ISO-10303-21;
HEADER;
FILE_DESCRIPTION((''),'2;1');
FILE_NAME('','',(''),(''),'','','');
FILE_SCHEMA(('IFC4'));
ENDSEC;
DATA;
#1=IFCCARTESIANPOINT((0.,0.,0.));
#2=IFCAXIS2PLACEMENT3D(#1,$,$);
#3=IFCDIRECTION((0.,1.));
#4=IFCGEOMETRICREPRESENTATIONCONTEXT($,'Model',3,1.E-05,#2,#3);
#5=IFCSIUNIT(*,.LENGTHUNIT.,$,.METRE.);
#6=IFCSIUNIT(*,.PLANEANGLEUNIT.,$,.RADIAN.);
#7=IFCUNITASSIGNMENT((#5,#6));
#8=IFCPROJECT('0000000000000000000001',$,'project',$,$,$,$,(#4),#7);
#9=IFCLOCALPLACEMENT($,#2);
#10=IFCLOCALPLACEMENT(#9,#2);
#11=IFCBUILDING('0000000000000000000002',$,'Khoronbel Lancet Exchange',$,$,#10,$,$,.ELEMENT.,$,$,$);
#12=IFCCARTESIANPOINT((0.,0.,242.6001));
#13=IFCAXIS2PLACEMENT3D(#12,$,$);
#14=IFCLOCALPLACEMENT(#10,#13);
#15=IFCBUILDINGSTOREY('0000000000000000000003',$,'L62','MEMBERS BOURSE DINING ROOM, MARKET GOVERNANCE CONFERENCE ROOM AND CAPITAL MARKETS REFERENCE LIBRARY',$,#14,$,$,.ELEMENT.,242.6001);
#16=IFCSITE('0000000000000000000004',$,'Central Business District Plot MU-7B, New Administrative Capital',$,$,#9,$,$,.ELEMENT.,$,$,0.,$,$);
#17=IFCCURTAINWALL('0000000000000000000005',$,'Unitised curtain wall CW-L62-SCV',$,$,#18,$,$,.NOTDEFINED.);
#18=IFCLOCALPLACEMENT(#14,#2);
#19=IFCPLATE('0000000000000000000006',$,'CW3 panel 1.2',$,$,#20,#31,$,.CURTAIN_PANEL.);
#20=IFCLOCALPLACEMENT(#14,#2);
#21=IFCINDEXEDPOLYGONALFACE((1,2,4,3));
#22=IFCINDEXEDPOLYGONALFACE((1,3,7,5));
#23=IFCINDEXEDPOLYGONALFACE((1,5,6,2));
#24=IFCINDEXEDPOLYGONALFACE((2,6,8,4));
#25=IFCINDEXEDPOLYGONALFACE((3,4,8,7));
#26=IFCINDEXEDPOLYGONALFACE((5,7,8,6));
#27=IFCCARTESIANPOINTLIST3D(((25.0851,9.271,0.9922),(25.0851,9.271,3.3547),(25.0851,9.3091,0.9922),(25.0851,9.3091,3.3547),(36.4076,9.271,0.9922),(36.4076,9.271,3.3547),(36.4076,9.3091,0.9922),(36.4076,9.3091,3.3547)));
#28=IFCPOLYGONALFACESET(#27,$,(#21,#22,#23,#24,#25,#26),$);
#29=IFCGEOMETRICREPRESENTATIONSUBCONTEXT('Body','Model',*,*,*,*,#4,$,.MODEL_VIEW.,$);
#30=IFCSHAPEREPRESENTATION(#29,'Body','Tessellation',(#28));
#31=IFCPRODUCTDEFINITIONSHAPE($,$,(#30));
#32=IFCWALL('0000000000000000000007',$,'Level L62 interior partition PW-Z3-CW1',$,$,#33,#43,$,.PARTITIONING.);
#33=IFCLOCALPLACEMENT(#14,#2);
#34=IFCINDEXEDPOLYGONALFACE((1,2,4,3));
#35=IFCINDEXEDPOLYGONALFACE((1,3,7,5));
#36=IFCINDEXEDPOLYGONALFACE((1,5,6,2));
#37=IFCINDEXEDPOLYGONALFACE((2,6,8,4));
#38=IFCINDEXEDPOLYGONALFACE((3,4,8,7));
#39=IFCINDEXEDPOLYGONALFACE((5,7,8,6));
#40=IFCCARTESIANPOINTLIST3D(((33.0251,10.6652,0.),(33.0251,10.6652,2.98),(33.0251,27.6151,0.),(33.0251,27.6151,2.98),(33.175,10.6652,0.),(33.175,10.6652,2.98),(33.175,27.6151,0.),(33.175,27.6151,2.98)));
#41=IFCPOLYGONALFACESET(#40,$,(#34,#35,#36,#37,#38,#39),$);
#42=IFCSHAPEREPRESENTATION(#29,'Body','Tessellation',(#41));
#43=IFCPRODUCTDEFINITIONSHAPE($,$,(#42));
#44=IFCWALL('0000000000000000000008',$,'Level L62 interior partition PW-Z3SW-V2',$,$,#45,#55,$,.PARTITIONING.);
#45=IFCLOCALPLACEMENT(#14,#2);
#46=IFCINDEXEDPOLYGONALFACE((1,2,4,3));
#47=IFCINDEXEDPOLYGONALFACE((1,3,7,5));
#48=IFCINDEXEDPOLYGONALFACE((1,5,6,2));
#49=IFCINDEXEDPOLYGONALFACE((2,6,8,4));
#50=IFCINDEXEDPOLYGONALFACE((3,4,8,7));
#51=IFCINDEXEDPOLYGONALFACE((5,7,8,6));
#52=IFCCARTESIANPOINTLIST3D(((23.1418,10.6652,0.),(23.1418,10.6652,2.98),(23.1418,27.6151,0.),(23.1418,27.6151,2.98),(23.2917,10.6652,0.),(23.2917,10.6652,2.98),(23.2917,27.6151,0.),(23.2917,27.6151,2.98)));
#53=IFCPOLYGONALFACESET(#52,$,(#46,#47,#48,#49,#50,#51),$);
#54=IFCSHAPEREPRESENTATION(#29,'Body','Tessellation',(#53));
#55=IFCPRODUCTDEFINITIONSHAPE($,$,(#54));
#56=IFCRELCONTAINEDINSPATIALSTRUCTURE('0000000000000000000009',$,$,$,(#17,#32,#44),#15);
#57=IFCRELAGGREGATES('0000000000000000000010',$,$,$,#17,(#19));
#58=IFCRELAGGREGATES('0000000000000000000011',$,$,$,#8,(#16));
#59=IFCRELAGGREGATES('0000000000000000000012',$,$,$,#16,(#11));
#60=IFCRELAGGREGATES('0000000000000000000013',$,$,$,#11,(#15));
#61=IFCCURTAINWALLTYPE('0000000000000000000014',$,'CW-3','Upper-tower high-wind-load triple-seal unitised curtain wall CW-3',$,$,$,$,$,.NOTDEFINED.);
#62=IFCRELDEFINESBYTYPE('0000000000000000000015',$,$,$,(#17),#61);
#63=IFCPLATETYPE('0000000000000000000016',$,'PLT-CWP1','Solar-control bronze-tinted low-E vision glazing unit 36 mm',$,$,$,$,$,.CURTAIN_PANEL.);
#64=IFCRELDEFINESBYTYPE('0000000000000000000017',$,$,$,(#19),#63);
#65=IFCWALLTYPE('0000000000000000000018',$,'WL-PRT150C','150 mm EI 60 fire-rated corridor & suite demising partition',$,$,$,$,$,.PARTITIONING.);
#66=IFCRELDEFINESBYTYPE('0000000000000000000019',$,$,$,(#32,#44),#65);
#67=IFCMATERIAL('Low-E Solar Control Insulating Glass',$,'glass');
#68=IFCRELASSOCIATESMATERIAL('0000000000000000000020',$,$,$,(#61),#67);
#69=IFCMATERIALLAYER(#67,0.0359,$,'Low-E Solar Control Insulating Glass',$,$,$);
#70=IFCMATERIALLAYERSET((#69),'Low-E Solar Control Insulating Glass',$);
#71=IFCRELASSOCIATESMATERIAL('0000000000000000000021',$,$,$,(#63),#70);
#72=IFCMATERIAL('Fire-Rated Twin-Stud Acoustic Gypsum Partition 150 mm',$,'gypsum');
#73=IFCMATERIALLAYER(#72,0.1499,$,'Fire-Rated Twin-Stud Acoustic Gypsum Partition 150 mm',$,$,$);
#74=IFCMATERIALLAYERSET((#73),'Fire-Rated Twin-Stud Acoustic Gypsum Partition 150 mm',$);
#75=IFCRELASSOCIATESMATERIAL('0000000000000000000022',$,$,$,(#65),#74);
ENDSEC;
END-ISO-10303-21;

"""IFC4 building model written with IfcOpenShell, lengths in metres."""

from ifc_helpers import new_model, si_unit, direction, frame, frame_2d, origin, origin_2d, place, context, subcontext, project, spatial, rectangle, extrude, material, layer, layer_set, type_object, element, aggregate, save


model = new_model("IFC4")

# Units and contexts
model_context = context("Model", 3, precision=1e-05, world=origin(), true_north=direction((0.0, 1.0)))
body_context = subcontext(model_context, "Body", "Model", "MODEL_VIEW")
ifc_project = project(units=[si_unit("LENGTHUNIT", "METRE"), si_unit("PLANEANGLEUNIT", "RADIAN")], contexts=[model_context])

# Site, building, storey
site_placement = place(None, origin())
site = spatial("IfcSite", under=ifc_project, at=site_placement, Name="Central Business District Plot MU-7B, New Administrative Capital", CompositionType="ELEMENT", RefElevation=0.0)
building_placement = place(site_placement, origin())
building = spatial("IfcBuilding", under=site, at=building_placement, Name="Khoronbel Lancet Exchange", CompositionType="ELEMENT")
storey_placement = place(building_placement, frame((0.0, 0.0, 242.6001)))
storey = spatial("IfcBuildingStorey", under=building, at=storey_placement, Name="L62", Description="MEMBERS BOURSE DINING ROOM, MARKET GOVERNANCE CONFERENCE ROOM AND CAPITAL MARKETS REFERENCE LIBRARY", CompositionType="ELEMENT", Elevation=242.6001)

# Curtain wall
ifc_material_1 = material(Name="Low-E Solar Control Insulating Glass", Category="glass")
curtain_wall_type = type_object("IfcCurtainWallType", Name="CW-3", Description="Upper-tower high-wind-load triple-seal unitised curtain wall CW-3", PredefinedType="NOTDEFINED", material=ifc_material_1)
curtain_wall_1_placement = place(storey_placement, origin())
curtain_wall_1 = element("IfcCurtainWall", 1, at=curtain_wall_1_placement, inside=storey, type_object=curtain_wall_type, Name="Unitised curtain wall CW-L62-SCV", PredefinedType="NOTDEFINED")

# Plate
ifc_layer_1 = layer(ifc_material_1, 0.0359, Name="Low-E Solar Control Insulating Glass")
ifc_layer_set_1 = layer_set([ifc_layer_1], Name="Low-E Solar Control Insulating Glass")
plate_type_1 = type_object("IfcPlateType", Name="PLT-CWP1", Description="Solar-control bronze-tinted low-E vision glazing unit 36 mm", PredefinedType="CURTAIN_PANEL", material=ifc_layer_set_1)
plate_1_placement = place(storey_placement, frame((30.7463, 9.29, 0.9922), z_axis=(0.0, 0.0, 1.0), x_axis=(1.0, 0.0, 0.0)))
plate_1 = element("IfcPlate", 2, at=plate_1_placement, type_object=plate_type_1, Name="CW3 panel 1.2", PredefinedType="CURTAIN_PANEL", context=body_context, shape_type="SweptSolid", body=[
    extrude(rectangle(XDim=11.3225, YDim=0.0381, at=origin_2d()), origin(), (0.0, 0.0, 1.0), 2.3625),
])
aggregate(curtain_wall_1, [plate_1])

# Walls
ifc_material_2 = material(Name="Fire-Rated Twin-Stud Acoustic Gypsum Partition 150 mm", Category="gypsum")
ifc_layer_2 = layer(ifc_material_2, 0.1499, Name="Fire-Rated Twin-Stud Acoustic Gypsum Partition 150 mm")
ifc_layer_set_2 = layer_set([ifc_layer_2], Name="Fire-Rated Twin-Stud Acoustic Gypsum Partition 150 mm")
wall_type = type_object("IfcWallType", Name="WL-PRT150C", Description="150 mm EI 60 fire-rated corridor & suite demising partition", PredefinedType="PARTITIONING", material=ifc_layer_set_2)
for number, where, z_axis, x_axis, name in (
    (3, (33.1001, 10.665, 0.0), (0.0, 0.0, 1.0), (0.0, 1.0, 0.0), "Level L62 interior partition PW-Z3-CW1"),
    (4, (23.2168, 10.665, 0.0), (0.0, 0.0, 1.0), (0.0, 1.0, 0.0), "Level L62 interior partition PW-Z3SW-V2"),
):
    element("IfcWall", number, at=place(storey_placement, frame(where, z_axis=z_axis, x_axis=x_axis)), inside=storey, type_object=wall_type, Name=name, PredefinedType="PARTITIONING", context=body_context, shape_type="SweptSolid", body=[
        extrude(rectangle(XDim=16.95, YDim=0.1499, at=frame_2d((8.4751, 0.0))), origin(), (0.0, 0.0, 1.0), 2.98),
    ])

save(model, "model.ifc")
